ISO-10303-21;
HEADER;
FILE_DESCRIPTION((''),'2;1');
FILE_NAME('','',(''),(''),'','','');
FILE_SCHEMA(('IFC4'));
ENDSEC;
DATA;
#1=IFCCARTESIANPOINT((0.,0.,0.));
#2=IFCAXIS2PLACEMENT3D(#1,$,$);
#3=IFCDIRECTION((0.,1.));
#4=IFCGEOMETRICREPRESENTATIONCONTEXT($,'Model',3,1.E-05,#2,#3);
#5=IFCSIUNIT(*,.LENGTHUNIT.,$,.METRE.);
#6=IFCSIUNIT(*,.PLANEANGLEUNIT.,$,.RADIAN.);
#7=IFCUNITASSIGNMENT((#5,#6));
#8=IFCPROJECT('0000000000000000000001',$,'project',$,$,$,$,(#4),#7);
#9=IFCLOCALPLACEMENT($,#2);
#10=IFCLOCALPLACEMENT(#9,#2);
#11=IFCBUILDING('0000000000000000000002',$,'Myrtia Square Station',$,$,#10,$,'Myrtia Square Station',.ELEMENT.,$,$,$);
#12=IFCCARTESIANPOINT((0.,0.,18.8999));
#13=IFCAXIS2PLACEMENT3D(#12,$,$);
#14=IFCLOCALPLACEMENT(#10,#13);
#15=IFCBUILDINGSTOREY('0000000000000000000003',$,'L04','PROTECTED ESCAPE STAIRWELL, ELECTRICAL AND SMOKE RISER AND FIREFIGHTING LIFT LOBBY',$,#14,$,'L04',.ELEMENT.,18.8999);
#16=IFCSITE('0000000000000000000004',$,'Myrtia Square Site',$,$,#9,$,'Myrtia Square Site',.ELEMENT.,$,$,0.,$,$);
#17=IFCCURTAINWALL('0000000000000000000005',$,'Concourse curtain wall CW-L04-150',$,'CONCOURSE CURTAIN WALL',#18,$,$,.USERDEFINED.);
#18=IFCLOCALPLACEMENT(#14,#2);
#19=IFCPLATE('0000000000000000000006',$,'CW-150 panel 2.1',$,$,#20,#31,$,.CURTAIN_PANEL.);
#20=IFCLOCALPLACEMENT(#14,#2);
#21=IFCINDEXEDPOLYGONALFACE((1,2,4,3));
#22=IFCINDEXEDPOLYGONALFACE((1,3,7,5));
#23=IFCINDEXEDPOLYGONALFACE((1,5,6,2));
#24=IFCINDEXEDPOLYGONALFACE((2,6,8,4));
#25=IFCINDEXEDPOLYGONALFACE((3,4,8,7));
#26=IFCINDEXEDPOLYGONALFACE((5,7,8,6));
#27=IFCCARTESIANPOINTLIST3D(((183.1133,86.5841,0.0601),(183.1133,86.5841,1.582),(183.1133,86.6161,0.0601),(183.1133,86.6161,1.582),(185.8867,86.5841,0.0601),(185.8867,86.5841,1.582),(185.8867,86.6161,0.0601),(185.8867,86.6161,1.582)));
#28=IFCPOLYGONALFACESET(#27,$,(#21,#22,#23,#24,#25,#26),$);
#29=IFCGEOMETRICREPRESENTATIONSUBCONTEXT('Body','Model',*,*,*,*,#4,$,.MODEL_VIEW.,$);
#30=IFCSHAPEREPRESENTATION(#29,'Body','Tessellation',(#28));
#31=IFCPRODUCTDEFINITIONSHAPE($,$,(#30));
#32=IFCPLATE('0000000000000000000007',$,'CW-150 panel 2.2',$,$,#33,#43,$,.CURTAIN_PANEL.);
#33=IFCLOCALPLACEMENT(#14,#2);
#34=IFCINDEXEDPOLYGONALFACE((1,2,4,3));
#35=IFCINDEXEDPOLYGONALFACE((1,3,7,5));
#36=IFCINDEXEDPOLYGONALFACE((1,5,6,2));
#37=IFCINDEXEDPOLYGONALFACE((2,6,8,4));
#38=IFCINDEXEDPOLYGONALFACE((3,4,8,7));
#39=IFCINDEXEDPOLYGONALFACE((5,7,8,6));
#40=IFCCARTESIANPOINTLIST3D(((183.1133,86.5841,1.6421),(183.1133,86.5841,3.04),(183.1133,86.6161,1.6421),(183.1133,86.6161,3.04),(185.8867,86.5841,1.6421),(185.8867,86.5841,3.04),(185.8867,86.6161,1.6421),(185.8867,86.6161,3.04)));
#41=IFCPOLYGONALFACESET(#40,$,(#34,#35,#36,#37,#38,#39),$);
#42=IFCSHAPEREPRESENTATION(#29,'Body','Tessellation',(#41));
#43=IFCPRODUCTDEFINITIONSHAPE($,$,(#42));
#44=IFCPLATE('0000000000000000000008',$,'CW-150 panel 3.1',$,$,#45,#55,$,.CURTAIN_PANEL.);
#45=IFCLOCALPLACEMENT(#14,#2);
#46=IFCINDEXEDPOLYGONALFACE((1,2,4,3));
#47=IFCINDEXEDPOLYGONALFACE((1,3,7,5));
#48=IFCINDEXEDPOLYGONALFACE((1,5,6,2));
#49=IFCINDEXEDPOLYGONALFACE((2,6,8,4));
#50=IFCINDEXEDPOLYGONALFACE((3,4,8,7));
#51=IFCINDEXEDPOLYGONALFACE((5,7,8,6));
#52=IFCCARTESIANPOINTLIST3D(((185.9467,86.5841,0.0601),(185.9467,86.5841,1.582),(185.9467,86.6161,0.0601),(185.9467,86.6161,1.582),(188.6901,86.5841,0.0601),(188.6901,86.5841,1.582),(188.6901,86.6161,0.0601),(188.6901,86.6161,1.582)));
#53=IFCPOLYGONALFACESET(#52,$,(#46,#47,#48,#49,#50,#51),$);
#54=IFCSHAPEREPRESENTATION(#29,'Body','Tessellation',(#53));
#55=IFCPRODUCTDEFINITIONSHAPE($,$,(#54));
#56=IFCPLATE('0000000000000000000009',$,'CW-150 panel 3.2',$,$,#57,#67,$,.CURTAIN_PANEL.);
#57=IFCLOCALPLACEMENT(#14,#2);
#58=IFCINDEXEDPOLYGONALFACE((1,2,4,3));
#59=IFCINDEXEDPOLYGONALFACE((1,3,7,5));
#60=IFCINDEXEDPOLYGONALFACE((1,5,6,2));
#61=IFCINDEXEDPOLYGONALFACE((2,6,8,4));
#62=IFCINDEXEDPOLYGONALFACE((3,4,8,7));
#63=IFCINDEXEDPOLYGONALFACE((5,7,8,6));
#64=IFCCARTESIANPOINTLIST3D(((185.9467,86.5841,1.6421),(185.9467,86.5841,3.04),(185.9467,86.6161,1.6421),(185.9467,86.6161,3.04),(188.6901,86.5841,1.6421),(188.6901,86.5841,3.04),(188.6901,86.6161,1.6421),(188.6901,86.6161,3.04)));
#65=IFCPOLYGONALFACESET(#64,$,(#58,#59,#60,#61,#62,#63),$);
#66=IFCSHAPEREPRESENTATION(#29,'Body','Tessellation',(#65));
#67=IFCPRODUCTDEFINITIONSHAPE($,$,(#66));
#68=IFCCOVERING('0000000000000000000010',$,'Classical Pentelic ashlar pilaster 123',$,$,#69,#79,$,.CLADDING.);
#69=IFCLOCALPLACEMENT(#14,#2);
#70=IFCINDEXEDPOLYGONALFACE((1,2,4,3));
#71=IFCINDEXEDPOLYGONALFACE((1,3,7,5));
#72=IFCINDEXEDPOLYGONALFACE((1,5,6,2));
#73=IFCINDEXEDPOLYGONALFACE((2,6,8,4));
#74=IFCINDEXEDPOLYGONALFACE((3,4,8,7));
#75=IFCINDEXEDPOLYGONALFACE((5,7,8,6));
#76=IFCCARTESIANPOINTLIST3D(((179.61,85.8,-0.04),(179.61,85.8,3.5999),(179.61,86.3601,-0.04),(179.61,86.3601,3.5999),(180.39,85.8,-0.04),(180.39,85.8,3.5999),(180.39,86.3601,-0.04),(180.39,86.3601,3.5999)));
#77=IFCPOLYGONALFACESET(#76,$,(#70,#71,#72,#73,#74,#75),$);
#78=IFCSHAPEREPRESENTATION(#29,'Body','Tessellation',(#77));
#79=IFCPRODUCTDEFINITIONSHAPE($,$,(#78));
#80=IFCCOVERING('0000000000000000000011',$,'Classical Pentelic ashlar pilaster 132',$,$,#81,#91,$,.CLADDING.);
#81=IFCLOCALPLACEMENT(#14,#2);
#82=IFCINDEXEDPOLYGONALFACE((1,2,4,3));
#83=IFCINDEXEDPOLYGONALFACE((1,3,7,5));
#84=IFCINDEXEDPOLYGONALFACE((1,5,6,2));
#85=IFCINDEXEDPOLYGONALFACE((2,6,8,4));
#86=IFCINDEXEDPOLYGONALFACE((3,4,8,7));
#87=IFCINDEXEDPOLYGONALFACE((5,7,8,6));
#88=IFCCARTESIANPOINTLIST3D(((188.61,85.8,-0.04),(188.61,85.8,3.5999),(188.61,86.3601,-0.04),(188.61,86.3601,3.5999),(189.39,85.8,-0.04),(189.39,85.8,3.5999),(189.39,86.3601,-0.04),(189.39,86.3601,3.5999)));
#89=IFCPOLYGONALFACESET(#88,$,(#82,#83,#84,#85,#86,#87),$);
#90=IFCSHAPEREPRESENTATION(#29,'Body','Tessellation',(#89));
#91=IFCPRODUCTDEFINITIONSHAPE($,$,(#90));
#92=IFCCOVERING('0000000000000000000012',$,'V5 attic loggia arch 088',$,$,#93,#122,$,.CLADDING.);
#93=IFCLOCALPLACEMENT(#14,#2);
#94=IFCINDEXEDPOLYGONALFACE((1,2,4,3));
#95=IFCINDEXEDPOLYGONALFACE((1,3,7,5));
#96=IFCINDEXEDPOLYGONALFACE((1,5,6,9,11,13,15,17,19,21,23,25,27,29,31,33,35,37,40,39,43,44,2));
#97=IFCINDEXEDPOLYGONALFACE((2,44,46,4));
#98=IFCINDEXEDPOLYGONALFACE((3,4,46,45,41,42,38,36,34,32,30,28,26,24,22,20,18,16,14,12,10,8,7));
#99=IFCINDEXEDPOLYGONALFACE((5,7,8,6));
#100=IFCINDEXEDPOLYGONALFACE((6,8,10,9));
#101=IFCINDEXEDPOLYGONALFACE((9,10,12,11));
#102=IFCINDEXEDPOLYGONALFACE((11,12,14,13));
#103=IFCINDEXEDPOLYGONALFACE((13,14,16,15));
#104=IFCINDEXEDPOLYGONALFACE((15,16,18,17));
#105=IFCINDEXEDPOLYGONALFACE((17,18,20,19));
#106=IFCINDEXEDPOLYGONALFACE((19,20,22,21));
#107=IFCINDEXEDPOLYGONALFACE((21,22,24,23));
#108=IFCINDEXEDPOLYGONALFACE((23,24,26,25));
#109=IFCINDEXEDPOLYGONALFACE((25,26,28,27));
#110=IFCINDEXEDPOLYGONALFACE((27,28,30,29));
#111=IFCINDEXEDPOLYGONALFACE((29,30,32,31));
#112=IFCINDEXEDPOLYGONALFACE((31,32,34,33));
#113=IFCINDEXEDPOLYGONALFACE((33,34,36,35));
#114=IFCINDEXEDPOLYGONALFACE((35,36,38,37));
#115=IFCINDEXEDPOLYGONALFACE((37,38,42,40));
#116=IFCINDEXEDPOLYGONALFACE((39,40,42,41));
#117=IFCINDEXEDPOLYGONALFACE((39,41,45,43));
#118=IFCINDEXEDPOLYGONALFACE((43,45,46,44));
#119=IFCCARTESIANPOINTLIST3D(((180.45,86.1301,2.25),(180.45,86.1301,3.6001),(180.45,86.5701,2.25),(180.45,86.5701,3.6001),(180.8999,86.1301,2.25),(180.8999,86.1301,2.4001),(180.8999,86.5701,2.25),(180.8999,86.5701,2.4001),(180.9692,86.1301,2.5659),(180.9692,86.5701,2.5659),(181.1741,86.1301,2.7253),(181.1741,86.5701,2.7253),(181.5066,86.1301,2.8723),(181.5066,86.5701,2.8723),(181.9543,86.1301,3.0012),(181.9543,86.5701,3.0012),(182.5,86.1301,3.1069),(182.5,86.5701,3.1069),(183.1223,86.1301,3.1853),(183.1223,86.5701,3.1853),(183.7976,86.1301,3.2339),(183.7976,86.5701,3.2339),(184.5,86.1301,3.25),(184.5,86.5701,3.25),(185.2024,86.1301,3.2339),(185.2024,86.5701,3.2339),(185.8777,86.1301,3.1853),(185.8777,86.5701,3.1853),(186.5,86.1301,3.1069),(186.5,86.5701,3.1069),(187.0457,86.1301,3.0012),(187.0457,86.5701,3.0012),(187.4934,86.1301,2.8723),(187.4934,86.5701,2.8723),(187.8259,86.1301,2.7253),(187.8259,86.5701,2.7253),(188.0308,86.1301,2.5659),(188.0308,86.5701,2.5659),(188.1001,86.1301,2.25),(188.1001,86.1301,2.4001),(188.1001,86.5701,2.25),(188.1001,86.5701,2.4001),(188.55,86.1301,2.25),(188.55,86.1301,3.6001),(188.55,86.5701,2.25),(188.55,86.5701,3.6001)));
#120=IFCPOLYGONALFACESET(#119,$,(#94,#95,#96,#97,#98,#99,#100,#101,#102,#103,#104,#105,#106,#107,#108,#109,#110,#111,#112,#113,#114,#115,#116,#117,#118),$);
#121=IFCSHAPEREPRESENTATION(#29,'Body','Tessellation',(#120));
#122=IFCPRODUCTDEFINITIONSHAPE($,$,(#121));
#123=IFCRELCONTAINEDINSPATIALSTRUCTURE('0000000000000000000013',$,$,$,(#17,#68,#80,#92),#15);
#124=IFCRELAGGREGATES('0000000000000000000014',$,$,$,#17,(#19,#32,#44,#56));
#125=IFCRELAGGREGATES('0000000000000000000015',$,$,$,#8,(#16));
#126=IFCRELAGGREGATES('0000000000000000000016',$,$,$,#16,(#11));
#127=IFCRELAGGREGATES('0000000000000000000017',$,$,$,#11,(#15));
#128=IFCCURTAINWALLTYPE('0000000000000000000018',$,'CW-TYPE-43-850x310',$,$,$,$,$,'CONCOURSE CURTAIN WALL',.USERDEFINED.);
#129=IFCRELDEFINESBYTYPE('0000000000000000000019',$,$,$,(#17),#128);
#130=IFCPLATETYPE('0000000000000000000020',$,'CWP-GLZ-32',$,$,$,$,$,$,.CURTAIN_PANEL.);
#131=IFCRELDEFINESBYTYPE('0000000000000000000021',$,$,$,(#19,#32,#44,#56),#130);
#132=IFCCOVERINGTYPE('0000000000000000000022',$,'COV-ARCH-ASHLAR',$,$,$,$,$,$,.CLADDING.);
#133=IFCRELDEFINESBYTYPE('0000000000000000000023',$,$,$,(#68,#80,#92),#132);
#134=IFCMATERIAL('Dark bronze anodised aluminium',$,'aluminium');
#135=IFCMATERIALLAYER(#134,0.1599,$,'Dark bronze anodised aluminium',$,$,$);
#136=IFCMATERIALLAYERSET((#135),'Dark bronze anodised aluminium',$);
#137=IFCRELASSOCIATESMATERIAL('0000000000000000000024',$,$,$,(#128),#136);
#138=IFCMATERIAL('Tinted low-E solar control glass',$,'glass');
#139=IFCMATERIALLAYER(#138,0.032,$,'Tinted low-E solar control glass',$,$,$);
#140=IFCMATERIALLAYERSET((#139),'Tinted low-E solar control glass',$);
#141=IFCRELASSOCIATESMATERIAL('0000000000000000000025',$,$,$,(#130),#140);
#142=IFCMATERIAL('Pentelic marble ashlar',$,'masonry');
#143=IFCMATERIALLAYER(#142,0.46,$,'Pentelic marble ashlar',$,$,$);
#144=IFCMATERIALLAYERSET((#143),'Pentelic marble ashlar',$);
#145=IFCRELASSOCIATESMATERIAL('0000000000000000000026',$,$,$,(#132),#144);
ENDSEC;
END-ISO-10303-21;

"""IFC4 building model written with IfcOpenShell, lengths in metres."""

from ifc_helpers import new_model, si_unit, direction, frame, origin, origin_2d, place, context, subcontext, project, spatial, polyline, rectangle, outline, extrude, material, layer, layer_set, type_object, element, aggregate, save


model = new_model("IFC4")

# Units and contexts
model_context = context("Model", 3, precision=1e-05, world=origin(), true_north=direction((0.0, 1.0)))
body_context = subcontext(model_context, "Body", "Model", "MODEL_VIEW")
ifc_project = project(units=[si_unit("LENGTHUNIT", "METRE"), si_unit("PLANEANGLEUNIT", "RADIAN")], contexts=[model_context])

# Site, building, storey
site_placement = place(None, origin())
site = spatial("IfcSite", under=ifc_project, at=site_placement, Name="Myrtia Square Site", LongName="Myrtia Square Site", CompositionType="ELEMENT", RefElevation=0.0)
building_placement = place(site_placement, origin())
building = spatial("IfcBuilding", under=site, at=building_placement, Name="Myrtia Square Station", LongName="Myrtia Square Station", CompositionType="ELEMENT")
storey_placement = place(building_placement, frame((0.0, 0.0, 18.8999)))
storey = spatial("IfcBuildingStorey", under=building, at=storey_placement, Name="L04", Description="PROTECTED ESCAPE STAIRWELL, ELECTRICAL AND SMOKE RISER AND FIREFIGHTING LIFT LOBBY", LongName="L04", CompositionType="ELEMENT", Elevation=18.8999)

# Shared definitions
ifc_material_1 = material(Name="Dark bronze anodised aluminium", Category="aluminium")
ifc_layer_1 = layer(ifc_material_1, 0.1599, Name="Dark bronze anodised aluminium")
ifc_layer_set_1 = layer_set([ifc_layer_1], Name="Dark bronze anodised aluminium")
curtain_wall_type_1 = type_object("IfcCurtainWallType", Name="CW-TYPE-43-850x310", ElementType="CONCOURSE CURTAIN WALL", PredefinedType="USERDEFINED", material=ifc_layer_set_1)

# Curtain wall
curtain_wall_1_placement = place(storey_placement, origin())
curtain_wall_1 = element("IfcCurtainWall", 1, at=curtain_wall_1_placement, inside=storey, type_object=curtain_wall_type_1, Name="Concourse curtain wall CW-L04-150", ObjectType="CONCOURSE CURTAIN WALL", PredefinedType="USERDEFINED")

# Plates
ifc_material_2 = material(Name="Tinted low-E solar control glass", Category="glass")
ifc_layer_2 = layer(ifc_material_2, 0.032, Name="Tinted low-E solar control glass")
ifc_layer_set_2 = layer_set([ifc_layer_2], Name="Tinted low-E solar control glass")
plate_type_1 = type_object("IfcPlateType", Name="CWP-GLZ-32", PredefinedType="CURTAIN_PANEL", material=ifc_layer_set_2)
plate_1_placement = place(storey_placement, frame((184.5, 86.6001, 0.0601), z_axis=(0.0, 0.0, 1.0), x_axis=(1.0, 0.0, 0.0)))
plate_1 = element("IfcPlate", 2, at=plate_1_placement, type_object=plate_type_1, Name="CW-150 panel 2.1", PredefinedType="CURTAIN_PANEL", context=body_context, shape_type="SweptSolid", body=[
    extrude(rectangle(XDim=2.7734, YDim=0.032, at=origin_2d()), origin(), (0.0, 0.0, 1.0), 1.522),
])
plate_2_placement = place(storey_placement, frame((184.5, 86.6001, 1.6421), z_axis=(0.0, 0.0, 1.0), x_axis=(1.0, 0.0, 0.0)))
plate_2 = element("IfcPlate", 3, at=plate_2_placement, type_object=plate_type_1, Name="CW-150 panel 2.2", PredefinedType="CURTAIN_PANEL", context=body_context, shape_type="SweptSolid", body=[
    extrude(rectangle(XDim=2.7734, YDim=0.032, at=origin_2d()), origin(), (0.0, 0.0, 1.0), 1.3979),
])
plate_3_placement = place(storey_placement, frame((187.3184, 86.6001, 0.0601), z_axis=(0.0, 0.0, 1.0), x_axis=(1.0, 0.0, 0.0)))
plate_3 = element("IfcPlate", 4, at=plate_3_placement, type_object=plate_type_1, Name="CW-150 panel 3.1", PredefinedType="CURTAIN_PANEL", context=body_context, shape_type="SweptSolid", body=[
    extrude(rectangle(XDim=2.7434, YDim=0.032, at=origin_2d()), origin(), (0.0, 0.0, 1.0), 1.522),
])
plate_4_placement = place(storey_placement, frame((187.3184, 86.6001, 1.6421), z_axis=(0.0, 0.0, 1.0), x_axis=(1.0, 0.0, 0.0)))
plate_4 = element("IfcPlate", 5, at=plate_4_placement, type_object=plate_type_1, Name="CW-150 panel 3.2", PredefinedType="CURTAIN_PANEL", context=body_context, shape_type="SweptSolid", body=[
    extrude(rectangle(XDim=2.7434, YDim=0.032, at=origin_2d()), origin(), (0.0, 0.0, 1.0), 1.3979),
])
aggregate(curtain_wall_1, [plate_1, plate_2, plate_3, plate_4])

# Coverings
ifc_material_3 = material(Name="Pentelic marble ashlar", Category="masonry")
ifc_layer_3 = layer(ifc_material_3, 0.46, Name="Pentelic marble ashlar")
ifc_layer_set_3 = layer_set([ifc_layer_3], Name="Pentelic marble ashlar")
covering_type = type_object("IfcCoveringType", Name="COV-ARCH-ASHLAR", PredefinedType="CLADDING", material=ifc_layer_set_3)
for number, where, z_axis, x_axis, name in (
    (6, (180.0, 86.0801, -0.04), (0.0, 0.0, 1.0), (1.0, 0.0, 0.0), "Classical Pentelic ashlar pilaster 123"),
    (7, (189.0, 86.0801, -0.04), (0.0, 0.0, 1.0), (1.0, 0.0, 0.0), "Classical Pentelic ashlar pilaster 132"),
):
    element("IfcCovering", number, at=place(storey_placement, frame(where, z_axis=z_axis, x_axis=x_axis)), inside=storey, type_object=covering_type, Name=name, PredefinedType="CLADDING", context=body_context, shape_type="SweptSolid", body=[
        extrude(rectangle(XDim=0.78, YDim=0.5601, at=origin_2d()), origin(), (0.0, 0.0, 1.0), 3.6399),
    ])
covering_placement = place(storey_placement, frame((180.45, 86.3501, 2.25), z_axis=(0.0, 0.0, 1.0), x_axis=(1.0, 0.0, 0.0)))
element("IfcCovering", 8, at=covering_placement, inside=storey, type_object=covering_type, Name="V5 attic loggia arch 088", PredefinedType="CLADDING", context=body_context, shape_type="SweptSolid", body=[
    extrude(outline(polyline([(0.0, 0.0), (0.45, 0.0), (0.45, 0.1501), (0.5193, 0.3159), (0.7241, 0.4753), (1.0566, 0.6223), (1.5044, 0.7512), (2.05, 0.8569), (2.6724, 0.9353), (3.3477, 0.9839), (4.05, 1.0), (4.7524, 0.9839), (5.4277, 0.9353), (6.05, 0.8569), (6.5957, 0.7512), (7.0435, 0.6223), (7.376, 0.4753), (7.5808, 0.3159), (7.6501, 0.1501), (7.6501, 0.0), (8.1001, 0.0), (8.1001, 1.3501), (0.0, 1.3501), (0.0, 0.0)])), frame((0.0, 0.22, 0.0), z_axis=(0.0, -1.0, 0.0), x_axis=(1.0, 0.0, 0.0)), (0.0, 0.0, 1.0), 0.4399),
])

save(model, "model.ifc")
